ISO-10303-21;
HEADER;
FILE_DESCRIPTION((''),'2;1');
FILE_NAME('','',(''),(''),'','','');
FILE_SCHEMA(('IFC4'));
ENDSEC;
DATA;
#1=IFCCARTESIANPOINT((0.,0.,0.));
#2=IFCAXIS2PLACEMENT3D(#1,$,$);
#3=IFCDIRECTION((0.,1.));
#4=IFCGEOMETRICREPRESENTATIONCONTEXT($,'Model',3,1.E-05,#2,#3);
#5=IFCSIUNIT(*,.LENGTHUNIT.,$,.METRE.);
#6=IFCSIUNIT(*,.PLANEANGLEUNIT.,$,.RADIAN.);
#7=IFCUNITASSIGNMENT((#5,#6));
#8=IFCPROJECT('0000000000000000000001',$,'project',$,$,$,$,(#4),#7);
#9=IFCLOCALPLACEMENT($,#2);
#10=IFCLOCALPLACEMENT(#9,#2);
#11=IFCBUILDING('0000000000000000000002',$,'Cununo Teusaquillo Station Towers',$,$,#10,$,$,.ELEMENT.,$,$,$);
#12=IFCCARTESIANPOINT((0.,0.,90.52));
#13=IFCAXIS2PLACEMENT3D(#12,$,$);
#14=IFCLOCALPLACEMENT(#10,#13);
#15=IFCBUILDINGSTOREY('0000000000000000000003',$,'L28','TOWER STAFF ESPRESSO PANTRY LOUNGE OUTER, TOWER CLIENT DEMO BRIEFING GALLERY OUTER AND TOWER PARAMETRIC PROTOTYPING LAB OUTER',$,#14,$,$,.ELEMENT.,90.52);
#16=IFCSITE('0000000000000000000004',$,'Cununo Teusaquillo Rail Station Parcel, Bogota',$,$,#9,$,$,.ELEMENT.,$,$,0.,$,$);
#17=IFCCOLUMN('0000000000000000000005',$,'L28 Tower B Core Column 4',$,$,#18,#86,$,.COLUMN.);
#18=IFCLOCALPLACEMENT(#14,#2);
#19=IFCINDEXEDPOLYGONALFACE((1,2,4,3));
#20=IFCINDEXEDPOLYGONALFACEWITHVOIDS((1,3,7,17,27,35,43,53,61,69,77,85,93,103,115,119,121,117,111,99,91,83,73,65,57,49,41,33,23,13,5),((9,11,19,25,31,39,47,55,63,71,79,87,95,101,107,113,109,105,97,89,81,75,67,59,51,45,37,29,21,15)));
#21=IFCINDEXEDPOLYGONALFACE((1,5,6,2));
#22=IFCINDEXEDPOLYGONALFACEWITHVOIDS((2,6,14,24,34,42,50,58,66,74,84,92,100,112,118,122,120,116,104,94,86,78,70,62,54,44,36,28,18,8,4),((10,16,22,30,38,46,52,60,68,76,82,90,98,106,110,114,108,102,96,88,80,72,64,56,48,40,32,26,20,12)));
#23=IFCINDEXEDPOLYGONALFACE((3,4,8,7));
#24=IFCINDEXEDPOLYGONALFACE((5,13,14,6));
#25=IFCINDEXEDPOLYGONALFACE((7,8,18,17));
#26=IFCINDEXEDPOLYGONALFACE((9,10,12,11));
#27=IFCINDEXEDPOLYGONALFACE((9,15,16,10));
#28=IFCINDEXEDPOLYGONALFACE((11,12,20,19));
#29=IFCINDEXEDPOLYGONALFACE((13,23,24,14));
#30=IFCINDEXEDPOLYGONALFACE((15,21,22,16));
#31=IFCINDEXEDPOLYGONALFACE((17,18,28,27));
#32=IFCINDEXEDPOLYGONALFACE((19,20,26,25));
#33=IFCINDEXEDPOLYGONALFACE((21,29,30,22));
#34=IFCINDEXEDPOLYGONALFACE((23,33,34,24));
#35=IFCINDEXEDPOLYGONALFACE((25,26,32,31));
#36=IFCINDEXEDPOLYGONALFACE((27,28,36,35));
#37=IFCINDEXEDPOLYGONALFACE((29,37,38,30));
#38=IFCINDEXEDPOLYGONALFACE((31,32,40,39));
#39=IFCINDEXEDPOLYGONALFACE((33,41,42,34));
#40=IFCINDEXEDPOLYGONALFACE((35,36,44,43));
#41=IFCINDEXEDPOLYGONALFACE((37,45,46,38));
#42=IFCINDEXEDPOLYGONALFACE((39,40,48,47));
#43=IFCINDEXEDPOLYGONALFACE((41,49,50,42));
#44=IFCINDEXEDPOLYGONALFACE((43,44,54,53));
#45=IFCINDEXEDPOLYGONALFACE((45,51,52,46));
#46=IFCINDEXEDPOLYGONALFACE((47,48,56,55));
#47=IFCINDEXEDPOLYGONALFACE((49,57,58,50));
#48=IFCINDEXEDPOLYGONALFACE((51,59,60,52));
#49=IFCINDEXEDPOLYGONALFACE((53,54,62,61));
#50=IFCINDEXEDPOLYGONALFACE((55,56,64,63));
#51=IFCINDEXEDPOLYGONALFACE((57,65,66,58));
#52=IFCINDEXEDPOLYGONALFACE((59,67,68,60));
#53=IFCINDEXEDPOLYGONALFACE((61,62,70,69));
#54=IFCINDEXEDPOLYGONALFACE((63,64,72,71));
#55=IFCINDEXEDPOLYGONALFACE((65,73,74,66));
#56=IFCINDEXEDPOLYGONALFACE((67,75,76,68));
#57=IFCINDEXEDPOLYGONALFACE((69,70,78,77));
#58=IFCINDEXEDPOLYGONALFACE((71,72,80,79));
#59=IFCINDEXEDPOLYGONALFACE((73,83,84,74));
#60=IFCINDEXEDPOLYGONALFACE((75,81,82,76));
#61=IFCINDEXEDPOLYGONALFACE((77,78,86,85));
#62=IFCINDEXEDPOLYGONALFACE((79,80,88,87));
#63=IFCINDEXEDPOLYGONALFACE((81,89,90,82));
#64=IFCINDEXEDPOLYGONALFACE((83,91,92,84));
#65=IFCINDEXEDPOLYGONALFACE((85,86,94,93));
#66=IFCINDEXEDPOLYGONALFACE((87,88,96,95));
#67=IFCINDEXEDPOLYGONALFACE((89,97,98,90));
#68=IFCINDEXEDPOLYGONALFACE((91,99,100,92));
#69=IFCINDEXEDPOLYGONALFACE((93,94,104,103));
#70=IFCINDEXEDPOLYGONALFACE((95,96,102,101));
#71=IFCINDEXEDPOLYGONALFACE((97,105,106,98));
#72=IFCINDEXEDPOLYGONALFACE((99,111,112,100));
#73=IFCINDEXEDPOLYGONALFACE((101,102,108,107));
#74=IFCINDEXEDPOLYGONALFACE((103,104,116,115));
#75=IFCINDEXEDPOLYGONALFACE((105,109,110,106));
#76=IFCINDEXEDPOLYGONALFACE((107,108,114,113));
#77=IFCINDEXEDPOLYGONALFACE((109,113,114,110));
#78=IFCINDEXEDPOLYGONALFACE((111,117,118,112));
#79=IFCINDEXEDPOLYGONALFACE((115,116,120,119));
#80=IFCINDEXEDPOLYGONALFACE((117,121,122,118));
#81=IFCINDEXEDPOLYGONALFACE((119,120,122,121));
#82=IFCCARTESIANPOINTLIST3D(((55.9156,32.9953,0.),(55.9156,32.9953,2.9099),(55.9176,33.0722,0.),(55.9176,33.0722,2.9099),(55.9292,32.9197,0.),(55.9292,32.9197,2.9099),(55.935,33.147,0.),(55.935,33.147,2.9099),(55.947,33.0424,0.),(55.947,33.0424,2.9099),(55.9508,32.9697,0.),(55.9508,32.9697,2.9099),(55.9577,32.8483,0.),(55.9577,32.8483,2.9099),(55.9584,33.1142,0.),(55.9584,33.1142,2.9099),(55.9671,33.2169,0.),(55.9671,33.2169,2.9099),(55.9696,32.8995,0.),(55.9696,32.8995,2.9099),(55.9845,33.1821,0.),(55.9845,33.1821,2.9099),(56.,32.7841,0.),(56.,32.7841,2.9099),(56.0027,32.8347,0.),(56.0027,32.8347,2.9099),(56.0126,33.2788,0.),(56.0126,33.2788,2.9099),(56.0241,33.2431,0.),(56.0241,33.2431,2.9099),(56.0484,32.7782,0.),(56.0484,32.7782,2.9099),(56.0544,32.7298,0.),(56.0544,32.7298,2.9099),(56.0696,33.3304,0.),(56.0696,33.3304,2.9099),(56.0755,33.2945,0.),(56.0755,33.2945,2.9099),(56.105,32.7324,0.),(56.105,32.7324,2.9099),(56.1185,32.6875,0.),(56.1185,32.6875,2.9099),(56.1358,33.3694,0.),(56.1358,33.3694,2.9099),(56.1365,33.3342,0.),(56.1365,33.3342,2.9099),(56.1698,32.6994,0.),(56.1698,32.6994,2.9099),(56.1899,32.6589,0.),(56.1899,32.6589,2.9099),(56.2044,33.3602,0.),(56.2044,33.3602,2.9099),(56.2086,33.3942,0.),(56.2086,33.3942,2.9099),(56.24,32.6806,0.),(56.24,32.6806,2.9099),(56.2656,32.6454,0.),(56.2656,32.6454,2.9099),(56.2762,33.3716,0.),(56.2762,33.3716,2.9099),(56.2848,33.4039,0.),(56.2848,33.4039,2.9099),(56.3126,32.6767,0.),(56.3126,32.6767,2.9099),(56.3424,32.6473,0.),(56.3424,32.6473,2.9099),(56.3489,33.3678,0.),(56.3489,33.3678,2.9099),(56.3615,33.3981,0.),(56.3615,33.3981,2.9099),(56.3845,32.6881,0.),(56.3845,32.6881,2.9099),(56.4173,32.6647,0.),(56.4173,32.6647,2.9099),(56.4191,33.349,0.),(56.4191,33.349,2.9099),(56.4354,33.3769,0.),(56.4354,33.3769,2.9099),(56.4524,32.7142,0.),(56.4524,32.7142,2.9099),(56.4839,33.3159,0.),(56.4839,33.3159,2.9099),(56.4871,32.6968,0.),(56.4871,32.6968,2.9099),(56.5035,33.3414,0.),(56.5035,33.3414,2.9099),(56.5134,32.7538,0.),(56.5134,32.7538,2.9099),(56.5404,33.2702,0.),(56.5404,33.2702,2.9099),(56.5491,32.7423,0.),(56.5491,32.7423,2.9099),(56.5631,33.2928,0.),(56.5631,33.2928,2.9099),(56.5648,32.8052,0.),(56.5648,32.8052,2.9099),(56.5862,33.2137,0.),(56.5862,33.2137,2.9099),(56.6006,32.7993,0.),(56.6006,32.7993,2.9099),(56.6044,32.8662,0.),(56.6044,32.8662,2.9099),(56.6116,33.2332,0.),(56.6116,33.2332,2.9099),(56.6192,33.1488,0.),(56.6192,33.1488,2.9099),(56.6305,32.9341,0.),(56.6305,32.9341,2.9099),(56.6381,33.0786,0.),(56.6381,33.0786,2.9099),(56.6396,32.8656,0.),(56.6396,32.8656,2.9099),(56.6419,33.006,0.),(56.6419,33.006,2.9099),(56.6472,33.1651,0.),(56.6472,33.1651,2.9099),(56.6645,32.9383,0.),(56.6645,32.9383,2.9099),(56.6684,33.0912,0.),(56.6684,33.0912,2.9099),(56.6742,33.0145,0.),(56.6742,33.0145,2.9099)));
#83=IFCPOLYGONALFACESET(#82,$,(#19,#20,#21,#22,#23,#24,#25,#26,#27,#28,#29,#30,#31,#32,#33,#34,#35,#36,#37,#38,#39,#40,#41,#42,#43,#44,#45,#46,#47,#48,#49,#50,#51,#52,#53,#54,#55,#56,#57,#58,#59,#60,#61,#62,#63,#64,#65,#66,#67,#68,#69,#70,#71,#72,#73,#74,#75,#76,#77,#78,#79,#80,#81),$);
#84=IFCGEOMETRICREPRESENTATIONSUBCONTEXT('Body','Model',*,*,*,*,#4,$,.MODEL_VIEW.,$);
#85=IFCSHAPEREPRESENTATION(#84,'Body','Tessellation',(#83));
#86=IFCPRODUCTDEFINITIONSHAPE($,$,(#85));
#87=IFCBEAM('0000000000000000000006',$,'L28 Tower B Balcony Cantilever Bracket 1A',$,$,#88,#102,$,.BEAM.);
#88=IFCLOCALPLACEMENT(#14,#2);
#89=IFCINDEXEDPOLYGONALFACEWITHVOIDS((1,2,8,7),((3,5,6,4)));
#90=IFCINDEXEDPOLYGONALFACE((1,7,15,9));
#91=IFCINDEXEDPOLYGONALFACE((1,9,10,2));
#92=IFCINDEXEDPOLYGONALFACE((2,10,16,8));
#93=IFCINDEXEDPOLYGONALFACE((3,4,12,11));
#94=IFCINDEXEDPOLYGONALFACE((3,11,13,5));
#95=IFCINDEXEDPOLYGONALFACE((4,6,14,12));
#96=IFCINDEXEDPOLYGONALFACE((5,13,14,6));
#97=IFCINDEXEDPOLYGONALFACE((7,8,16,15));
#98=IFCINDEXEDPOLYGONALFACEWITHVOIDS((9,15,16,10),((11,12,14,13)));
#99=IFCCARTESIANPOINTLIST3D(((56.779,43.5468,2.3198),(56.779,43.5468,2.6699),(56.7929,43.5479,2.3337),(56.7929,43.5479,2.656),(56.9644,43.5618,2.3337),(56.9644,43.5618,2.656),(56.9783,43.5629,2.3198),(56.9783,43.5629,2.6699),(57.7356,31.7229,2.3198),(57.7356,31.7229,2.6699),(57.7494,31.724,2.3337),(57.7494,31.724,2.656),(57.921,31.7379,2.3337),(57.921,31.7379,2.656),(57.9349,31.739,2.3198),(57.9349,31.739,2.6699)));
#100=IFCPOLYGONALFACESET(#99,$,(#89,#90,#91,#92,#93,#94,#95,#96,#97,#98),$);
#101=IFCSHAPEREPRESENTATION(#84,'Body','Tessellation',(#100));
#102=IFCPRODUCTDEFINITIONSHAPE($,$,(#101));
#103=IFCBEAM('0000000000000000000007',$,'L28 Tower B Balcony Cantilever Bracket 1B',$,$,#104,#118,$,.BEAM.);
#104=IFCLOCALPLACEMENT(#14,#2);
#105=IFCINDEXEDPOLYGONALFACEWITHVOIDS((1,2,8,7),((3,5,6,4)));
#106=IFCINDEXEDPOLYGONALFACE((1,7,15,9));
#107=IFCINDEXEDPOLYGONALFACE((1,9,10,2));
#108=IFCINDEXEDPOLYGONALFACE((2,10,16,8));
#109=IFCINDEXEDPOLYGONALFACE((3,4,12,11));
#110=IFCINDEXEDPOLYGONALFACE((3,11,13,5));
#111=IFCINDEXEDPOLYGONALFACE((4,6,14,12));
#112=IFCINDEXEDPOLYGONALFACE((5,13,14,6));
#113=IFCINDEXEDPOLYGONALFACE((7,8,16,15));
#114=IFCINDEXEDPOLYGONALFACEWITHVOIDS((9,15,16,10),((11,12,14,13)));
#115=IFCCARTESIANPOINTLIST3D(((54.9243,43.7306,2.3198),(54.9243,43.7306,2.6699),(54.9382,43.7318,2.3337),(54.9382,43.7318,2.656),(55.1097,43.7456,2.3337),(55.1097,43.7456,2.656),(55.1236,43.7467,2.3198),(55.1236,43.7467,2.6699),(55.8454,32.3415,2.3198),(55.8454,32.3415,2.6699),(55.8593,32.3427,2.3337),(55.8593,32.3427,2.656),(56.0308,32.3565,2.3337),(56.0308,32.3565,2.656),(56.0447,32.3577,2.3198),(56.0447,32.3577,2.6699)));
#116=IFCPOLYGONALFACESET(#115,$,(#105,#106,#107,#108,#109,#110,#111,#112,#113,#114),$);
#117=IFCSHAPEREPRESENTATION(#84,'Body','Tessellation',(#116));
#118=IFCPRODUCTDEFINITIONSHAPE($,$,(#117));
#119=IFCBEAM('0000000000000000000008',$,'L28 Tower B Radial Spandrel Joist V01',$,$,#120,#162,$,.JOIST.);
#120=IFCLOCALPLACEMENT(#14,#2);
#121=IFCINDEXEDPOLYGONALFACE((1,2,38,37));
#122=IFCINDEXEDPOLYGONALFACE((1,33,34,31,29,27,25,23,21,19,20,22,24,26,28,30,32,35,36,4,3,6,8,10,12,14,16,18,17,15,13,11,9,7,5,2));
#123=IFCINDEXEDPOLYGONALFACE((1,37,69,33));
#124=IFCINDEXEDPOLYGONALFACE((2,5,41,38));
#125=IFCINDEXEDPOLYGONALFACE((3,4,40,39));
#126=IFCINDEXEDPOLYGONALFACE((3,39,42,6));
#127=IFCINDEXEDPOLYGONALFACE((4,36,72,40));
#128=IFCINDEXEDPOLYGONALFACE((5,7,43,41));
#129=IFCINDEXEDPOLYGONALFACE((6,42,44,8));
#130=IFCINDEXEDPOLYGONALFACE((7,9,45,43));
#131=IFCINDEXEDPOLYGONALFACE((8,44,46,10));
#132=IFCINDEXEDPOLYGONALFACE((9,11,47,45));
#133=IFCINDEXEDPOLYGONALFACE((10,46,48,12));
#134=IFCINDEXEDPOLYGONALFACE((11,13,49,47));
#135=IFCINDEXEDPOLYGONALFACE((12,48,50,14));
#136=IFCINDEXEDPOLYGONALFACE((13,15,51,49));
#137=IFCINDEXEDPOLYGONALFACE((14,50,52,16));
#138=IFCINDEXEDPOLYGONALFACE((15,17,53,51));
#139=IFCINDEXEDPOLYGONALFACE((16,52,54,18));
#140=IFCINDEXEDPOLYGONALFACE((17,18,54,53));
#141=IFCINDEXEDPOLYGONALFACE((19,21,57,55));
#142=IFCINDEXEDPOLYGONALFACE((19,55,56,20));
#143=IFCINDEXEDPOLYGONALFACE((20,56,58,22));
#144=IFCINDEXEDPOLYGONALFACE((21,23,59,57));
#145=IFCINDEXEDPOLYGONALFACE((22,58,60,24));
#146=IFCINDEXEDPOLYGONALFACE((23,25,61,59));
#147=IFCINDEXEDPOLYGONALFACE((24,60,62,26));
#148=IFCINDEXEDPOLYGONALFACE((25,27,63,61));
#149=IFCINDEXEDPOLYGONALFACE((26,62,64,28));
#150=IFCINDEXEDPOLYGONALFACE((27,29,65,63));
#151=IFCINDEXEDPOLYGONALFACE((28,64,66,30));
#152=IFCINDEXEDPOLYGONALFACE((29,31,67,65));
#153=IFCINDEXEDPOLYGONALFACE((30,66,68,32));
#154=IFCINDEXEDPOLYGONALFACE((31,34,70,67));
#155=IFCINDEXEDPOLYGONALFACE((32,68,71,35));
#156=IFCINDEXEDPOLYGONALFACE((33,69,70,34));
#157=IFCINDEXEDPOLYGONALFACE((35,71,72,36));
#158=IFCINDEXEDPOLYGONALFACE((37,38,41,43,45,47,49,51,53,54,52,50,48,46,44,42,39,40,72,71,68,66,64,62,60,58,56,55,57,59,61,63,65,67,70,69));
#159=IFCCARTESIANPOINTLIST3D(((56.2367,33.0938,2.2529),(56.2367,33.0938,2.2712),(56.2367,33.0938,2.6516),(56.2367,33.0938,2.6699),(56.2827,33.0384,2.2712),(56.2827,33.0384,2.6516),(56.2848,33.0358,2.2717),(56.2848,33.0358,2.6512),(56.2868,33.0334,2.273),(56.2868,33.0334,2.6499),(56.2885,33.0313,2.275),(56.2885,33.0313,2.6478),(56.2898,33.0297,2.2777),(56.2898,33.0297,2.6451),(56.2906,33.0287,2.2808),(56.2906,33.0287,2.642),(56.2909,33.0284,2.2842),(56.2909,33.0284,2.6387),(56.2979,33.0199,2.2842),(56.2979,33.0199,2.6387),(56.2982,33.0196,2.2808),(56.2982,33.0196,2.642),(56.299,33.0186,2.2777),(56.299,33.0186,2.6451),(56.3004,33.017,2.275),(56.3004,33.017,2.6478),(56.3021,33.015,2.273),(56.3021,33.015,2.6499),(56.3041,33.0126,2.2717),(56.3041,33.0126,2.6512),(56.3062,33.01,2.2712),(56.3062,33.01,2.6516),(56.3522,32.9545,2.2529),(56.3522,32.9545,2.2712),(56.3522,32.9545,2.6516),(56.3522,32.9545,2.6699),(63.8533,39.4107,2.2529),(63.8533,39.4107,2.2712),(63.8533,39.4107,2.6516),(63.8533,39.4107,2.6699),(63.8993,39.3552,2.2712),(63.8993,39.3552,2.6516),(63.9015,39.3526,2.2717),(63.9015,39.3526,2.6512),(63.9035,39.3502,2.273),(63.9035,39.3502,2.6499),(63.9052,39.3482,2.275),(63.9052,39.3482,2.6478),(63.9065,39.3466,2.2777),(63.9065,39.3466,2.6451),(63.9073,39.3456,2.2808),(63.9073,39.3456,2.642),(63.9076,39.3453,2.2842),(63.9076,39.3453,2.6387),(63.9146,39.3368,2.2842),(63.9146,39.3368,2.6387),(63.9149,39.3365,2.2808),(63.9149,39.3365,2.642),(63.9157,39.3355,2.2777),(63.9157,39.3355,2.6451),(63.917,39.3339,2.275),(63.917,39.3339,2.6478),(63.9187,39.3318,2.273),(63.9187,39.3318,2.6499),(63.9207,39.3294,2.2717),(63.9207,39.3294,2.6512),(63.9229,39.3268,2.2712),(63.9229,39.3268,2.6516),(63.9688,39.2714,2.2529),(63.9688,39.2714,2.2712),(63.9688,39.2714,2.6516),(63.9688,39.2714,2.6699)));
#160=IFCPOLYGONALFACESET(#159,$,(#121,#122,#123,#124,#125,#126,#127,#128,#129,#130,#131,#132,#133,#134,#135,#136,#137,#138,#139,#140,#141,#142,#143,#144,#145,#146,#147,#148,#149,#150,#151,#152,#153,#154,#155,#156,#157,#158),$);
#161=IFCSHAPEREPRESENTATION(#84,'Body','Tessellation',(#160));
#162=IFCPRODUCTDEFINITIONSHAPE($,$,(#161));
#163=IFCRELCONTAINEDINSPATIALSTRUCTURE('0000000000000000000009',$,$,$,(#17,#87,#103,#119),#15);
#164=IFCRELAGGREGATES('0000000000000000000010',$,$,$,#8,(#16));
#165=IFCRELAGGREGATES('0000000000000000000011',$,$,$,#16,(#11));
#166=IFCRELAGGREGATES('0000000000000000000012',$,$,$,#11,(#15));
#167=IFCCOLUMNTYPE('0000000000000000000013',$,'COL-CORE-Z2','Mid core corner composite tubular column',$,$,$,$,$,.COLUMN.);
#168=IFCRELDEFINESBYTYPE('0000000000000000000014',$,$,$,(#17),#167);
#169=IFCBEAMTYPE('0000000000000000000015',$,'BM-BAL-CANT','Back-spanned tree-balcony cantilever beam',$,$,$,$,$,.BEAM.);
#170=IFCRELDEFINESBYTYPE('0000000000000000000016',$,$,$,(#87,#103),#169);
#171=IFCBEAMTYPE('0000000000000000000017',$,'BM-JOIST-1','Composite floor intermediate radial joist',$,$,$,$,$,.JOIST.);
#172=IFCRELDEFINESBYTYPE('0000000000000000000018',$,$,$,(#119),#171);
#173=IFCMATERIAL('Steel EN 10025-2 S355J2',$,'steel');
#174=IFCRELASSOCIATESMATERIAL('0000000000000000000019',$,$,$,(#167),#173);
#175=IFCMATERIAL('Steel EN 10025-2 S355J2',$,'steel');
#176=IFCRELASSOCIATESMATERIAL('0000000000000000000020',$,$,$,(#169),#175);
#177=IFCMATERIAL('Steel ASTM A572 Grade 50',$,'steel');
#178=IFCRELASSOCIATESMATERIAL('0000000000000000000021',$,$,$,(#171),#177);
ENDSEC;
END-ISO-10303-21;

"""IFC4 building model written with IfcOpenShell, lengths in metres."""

from ifc_helpers import new_model, si_unit, direction, frame, origin, origin_2d, place, context, subcontext, project, spatial, hollow_rectangle, hollow_circle, i_section, extrude, material, material_profile, profile_set, type_object, element, save


model = new_model("IFC4")

# Units and contexts
model_context = context("Model", 3, precision=1e-05, world=origin(), true_north=direction((0.0, 1.0)))
body_context = subcontext(model_context, "Body", "Model", "MODEL_VIEW")
ifc_project = project(units=[si_unit("LENGTHUNIT", "METRE"), si_unit("PLANEANGLEUNIT", "RADIAN")], contexts=[model_context])

# Site, building, storey
site_placement = place(None, origin())
site = spatial("IfcSite", under=ifc_project, at=site_placement, Name="Cununo Teusaquillo Rail Station Parcel, Bogota", CompositionType="ELEMENT", RefElevation=0.0)
building_placement = place(site_placement, origin())
building = spatial("IfcBuilding", under=site, at=building_placement, Name="Cununo Teusaquillo Station Towers", CompositionType="ELEMENT")
storey_placement = place(building_placement, frame((0.0, 0.0, 90.52)))
storey = spatial("IfcBuildingStorey", under=building, at=storey_placement, Name="L28", Description="TOWER STAFF ESPRESSO PANTRY LOUNGE OUTER, TOWER CLIENT DEMO BRIEFING GALLERY OUTER AND TOWER PARAMETRIC PROTOTYPING LAB OUTER", CompositionType="ELEMENT", Elevation=90.52)

# Column
ifc_material_1 = material(Name="Steel EN 10025-2 S355J2", Category="steel")
ifc_material_profile_1 = material_profile(ifc_material_1, hollow_circle(Radius=0.3799, WallThickness=0.032, at=origin_2d()), Name="CHS 760x32")
ifc_profile_set_1 = profile_set([ifc_material_profile_1], Name="Steel EN 10025-2 S355J2")
column_type = type_object("IfcColumnType", Name="COL-CORE-Z2", Description="Mid core corner composite tubular column", PredefinedType="COLUMN", material=ifc_profile_set_1)
column_placement = place(storey_placement, frame((56.2944, 33.0242, 0.0), z_axis=(0.0, 0.0, 1.0), x_axis=(0.707107, 0.707107, 0.0)))
element("IfcColumn", 1, at=column_placement, inside=storey, type_object=column_type, Name="L28 Tower B Core Column 4", PredefinedType="COLUMN", context=body_context, shape_type="SweptSolid", body=[
    extrude(hollow_circle(Radius=0.3799, WallThickness=0.032, at=origin_2d()), origin(), (0.0, 0.0, 1.0), 2.9099),
])

# Beams
ifc_material_2 = material(Name="Steel EN 10025-2 S355J2", Category="steel")
ifc_material_profile_2 = material_profile(ifc_material_2, hollow_rectangle(XDim=0.2, YDim=0.3501, WallThickness=0.0139, at=origin_2d()), Name="RHS 350x200x14")
ifc_profile_set_2 = profile_set([ifc_material_profile_2], Name="Steel EN 10025-2 S355J2")
beam_type_1 = type_object("IfcBeamType", Name="BM-BAL-CANT", Description="Back-spanned tree-balcony cantilever beam", PredefinedType="BEAM", material=ifc_profile_set_2)
beam_1_placement = place(storey_placement, frame((57.8352, 31.731, 2.4949), z_axis=(-0.080635, 0.996744, 0.0), x_axis=(-0.996744, -0.080635, 0.0)))
element("IfcBeam", 2, at=beam_1_placement, inside=storey, type_object=beam_type_1, Name="L28 Tower B Balcony Cantilever Bracket 1A", PredefinedType="BEAM", context=body_context, shape_type="SweptSolid", body=[
    extrude(hollow_rectangle(XDim=0.2, YDim=0.3501, WallThickness=0.0139, at=origin_2d()), origin(), (0.0, 0.0, 1.0), 11.8625),
])
beam_2_placement = place(storey_placement, frame((55.9451, 32.3496, 2.4949), z_axis=(-0.080616, 0.996745, 0.0), x_axis=(-0.996745, -0.080616, 0.0)))
element("IfcBeam", 3, at=beam_2_placement, inside=storey, type_object=beam_type_1, Name="L28 Tower B Balcony Cantilever Bracket 1B", PredefinedType="BEAM", context=body_context, shape_type="SweptSolid", body=[
    extrude(hollow_rectangle(XDim=0.2, YDim=0.3501, WallThickness=0.0139, at=origin_2d()), origin(), (0.0, 0.0, 1.0), 11.4263),
])
ifc_material_3 = material(Name="Steel ASTM A572 Grade 50", Category="steel")
ifc_material_profile_3 = material_profile(ifc_material_3, i_section(OverallWidth=0.1809, OverallDepth=0.417, WebThickness=0.011, FlangeThickness=0.0183, FilletRadius=0.0129, at=origin_2d()), Name="W16X57")
ifc_profile_set_3 = profile_set([ifc_material_profile_3], Name="Steel ASTM A572 Grade 50")
beam_type_2 = type_object("IfcBeamType", Name="BM-JOIST-1", Description="Composite floor intermediate radial joist", PredefinedType="JOIST", material=ifc_profile_set_3)
beam_3_placement = place(storey_placement, frame((56.2944, 33.0242, 2.4614), z_axis=(0.769728, 0.638372, 0.0), x_axis=(-0.638372, 0.769728, 0.0)))
element("IfcBeam", 4, at=beam_3_placement, inside=storey, type_object=beam_type_2, Name="L28 Tower B Radial Spandrel Joist V01", PredefinedType="JOIST", context=body_context, shape_type="SweptSolid", body=[
    extrude(i_section(OverallWidth=0.1809, OverallDepth=0.417, WebThickness=0.011, FlangeThickness=0.0183, FilletRadius=0.0129, at=origin_2d()), origin(), (0.0, 0.0, 1.0), 9.8953),
])

save(model, "model.ifc")
